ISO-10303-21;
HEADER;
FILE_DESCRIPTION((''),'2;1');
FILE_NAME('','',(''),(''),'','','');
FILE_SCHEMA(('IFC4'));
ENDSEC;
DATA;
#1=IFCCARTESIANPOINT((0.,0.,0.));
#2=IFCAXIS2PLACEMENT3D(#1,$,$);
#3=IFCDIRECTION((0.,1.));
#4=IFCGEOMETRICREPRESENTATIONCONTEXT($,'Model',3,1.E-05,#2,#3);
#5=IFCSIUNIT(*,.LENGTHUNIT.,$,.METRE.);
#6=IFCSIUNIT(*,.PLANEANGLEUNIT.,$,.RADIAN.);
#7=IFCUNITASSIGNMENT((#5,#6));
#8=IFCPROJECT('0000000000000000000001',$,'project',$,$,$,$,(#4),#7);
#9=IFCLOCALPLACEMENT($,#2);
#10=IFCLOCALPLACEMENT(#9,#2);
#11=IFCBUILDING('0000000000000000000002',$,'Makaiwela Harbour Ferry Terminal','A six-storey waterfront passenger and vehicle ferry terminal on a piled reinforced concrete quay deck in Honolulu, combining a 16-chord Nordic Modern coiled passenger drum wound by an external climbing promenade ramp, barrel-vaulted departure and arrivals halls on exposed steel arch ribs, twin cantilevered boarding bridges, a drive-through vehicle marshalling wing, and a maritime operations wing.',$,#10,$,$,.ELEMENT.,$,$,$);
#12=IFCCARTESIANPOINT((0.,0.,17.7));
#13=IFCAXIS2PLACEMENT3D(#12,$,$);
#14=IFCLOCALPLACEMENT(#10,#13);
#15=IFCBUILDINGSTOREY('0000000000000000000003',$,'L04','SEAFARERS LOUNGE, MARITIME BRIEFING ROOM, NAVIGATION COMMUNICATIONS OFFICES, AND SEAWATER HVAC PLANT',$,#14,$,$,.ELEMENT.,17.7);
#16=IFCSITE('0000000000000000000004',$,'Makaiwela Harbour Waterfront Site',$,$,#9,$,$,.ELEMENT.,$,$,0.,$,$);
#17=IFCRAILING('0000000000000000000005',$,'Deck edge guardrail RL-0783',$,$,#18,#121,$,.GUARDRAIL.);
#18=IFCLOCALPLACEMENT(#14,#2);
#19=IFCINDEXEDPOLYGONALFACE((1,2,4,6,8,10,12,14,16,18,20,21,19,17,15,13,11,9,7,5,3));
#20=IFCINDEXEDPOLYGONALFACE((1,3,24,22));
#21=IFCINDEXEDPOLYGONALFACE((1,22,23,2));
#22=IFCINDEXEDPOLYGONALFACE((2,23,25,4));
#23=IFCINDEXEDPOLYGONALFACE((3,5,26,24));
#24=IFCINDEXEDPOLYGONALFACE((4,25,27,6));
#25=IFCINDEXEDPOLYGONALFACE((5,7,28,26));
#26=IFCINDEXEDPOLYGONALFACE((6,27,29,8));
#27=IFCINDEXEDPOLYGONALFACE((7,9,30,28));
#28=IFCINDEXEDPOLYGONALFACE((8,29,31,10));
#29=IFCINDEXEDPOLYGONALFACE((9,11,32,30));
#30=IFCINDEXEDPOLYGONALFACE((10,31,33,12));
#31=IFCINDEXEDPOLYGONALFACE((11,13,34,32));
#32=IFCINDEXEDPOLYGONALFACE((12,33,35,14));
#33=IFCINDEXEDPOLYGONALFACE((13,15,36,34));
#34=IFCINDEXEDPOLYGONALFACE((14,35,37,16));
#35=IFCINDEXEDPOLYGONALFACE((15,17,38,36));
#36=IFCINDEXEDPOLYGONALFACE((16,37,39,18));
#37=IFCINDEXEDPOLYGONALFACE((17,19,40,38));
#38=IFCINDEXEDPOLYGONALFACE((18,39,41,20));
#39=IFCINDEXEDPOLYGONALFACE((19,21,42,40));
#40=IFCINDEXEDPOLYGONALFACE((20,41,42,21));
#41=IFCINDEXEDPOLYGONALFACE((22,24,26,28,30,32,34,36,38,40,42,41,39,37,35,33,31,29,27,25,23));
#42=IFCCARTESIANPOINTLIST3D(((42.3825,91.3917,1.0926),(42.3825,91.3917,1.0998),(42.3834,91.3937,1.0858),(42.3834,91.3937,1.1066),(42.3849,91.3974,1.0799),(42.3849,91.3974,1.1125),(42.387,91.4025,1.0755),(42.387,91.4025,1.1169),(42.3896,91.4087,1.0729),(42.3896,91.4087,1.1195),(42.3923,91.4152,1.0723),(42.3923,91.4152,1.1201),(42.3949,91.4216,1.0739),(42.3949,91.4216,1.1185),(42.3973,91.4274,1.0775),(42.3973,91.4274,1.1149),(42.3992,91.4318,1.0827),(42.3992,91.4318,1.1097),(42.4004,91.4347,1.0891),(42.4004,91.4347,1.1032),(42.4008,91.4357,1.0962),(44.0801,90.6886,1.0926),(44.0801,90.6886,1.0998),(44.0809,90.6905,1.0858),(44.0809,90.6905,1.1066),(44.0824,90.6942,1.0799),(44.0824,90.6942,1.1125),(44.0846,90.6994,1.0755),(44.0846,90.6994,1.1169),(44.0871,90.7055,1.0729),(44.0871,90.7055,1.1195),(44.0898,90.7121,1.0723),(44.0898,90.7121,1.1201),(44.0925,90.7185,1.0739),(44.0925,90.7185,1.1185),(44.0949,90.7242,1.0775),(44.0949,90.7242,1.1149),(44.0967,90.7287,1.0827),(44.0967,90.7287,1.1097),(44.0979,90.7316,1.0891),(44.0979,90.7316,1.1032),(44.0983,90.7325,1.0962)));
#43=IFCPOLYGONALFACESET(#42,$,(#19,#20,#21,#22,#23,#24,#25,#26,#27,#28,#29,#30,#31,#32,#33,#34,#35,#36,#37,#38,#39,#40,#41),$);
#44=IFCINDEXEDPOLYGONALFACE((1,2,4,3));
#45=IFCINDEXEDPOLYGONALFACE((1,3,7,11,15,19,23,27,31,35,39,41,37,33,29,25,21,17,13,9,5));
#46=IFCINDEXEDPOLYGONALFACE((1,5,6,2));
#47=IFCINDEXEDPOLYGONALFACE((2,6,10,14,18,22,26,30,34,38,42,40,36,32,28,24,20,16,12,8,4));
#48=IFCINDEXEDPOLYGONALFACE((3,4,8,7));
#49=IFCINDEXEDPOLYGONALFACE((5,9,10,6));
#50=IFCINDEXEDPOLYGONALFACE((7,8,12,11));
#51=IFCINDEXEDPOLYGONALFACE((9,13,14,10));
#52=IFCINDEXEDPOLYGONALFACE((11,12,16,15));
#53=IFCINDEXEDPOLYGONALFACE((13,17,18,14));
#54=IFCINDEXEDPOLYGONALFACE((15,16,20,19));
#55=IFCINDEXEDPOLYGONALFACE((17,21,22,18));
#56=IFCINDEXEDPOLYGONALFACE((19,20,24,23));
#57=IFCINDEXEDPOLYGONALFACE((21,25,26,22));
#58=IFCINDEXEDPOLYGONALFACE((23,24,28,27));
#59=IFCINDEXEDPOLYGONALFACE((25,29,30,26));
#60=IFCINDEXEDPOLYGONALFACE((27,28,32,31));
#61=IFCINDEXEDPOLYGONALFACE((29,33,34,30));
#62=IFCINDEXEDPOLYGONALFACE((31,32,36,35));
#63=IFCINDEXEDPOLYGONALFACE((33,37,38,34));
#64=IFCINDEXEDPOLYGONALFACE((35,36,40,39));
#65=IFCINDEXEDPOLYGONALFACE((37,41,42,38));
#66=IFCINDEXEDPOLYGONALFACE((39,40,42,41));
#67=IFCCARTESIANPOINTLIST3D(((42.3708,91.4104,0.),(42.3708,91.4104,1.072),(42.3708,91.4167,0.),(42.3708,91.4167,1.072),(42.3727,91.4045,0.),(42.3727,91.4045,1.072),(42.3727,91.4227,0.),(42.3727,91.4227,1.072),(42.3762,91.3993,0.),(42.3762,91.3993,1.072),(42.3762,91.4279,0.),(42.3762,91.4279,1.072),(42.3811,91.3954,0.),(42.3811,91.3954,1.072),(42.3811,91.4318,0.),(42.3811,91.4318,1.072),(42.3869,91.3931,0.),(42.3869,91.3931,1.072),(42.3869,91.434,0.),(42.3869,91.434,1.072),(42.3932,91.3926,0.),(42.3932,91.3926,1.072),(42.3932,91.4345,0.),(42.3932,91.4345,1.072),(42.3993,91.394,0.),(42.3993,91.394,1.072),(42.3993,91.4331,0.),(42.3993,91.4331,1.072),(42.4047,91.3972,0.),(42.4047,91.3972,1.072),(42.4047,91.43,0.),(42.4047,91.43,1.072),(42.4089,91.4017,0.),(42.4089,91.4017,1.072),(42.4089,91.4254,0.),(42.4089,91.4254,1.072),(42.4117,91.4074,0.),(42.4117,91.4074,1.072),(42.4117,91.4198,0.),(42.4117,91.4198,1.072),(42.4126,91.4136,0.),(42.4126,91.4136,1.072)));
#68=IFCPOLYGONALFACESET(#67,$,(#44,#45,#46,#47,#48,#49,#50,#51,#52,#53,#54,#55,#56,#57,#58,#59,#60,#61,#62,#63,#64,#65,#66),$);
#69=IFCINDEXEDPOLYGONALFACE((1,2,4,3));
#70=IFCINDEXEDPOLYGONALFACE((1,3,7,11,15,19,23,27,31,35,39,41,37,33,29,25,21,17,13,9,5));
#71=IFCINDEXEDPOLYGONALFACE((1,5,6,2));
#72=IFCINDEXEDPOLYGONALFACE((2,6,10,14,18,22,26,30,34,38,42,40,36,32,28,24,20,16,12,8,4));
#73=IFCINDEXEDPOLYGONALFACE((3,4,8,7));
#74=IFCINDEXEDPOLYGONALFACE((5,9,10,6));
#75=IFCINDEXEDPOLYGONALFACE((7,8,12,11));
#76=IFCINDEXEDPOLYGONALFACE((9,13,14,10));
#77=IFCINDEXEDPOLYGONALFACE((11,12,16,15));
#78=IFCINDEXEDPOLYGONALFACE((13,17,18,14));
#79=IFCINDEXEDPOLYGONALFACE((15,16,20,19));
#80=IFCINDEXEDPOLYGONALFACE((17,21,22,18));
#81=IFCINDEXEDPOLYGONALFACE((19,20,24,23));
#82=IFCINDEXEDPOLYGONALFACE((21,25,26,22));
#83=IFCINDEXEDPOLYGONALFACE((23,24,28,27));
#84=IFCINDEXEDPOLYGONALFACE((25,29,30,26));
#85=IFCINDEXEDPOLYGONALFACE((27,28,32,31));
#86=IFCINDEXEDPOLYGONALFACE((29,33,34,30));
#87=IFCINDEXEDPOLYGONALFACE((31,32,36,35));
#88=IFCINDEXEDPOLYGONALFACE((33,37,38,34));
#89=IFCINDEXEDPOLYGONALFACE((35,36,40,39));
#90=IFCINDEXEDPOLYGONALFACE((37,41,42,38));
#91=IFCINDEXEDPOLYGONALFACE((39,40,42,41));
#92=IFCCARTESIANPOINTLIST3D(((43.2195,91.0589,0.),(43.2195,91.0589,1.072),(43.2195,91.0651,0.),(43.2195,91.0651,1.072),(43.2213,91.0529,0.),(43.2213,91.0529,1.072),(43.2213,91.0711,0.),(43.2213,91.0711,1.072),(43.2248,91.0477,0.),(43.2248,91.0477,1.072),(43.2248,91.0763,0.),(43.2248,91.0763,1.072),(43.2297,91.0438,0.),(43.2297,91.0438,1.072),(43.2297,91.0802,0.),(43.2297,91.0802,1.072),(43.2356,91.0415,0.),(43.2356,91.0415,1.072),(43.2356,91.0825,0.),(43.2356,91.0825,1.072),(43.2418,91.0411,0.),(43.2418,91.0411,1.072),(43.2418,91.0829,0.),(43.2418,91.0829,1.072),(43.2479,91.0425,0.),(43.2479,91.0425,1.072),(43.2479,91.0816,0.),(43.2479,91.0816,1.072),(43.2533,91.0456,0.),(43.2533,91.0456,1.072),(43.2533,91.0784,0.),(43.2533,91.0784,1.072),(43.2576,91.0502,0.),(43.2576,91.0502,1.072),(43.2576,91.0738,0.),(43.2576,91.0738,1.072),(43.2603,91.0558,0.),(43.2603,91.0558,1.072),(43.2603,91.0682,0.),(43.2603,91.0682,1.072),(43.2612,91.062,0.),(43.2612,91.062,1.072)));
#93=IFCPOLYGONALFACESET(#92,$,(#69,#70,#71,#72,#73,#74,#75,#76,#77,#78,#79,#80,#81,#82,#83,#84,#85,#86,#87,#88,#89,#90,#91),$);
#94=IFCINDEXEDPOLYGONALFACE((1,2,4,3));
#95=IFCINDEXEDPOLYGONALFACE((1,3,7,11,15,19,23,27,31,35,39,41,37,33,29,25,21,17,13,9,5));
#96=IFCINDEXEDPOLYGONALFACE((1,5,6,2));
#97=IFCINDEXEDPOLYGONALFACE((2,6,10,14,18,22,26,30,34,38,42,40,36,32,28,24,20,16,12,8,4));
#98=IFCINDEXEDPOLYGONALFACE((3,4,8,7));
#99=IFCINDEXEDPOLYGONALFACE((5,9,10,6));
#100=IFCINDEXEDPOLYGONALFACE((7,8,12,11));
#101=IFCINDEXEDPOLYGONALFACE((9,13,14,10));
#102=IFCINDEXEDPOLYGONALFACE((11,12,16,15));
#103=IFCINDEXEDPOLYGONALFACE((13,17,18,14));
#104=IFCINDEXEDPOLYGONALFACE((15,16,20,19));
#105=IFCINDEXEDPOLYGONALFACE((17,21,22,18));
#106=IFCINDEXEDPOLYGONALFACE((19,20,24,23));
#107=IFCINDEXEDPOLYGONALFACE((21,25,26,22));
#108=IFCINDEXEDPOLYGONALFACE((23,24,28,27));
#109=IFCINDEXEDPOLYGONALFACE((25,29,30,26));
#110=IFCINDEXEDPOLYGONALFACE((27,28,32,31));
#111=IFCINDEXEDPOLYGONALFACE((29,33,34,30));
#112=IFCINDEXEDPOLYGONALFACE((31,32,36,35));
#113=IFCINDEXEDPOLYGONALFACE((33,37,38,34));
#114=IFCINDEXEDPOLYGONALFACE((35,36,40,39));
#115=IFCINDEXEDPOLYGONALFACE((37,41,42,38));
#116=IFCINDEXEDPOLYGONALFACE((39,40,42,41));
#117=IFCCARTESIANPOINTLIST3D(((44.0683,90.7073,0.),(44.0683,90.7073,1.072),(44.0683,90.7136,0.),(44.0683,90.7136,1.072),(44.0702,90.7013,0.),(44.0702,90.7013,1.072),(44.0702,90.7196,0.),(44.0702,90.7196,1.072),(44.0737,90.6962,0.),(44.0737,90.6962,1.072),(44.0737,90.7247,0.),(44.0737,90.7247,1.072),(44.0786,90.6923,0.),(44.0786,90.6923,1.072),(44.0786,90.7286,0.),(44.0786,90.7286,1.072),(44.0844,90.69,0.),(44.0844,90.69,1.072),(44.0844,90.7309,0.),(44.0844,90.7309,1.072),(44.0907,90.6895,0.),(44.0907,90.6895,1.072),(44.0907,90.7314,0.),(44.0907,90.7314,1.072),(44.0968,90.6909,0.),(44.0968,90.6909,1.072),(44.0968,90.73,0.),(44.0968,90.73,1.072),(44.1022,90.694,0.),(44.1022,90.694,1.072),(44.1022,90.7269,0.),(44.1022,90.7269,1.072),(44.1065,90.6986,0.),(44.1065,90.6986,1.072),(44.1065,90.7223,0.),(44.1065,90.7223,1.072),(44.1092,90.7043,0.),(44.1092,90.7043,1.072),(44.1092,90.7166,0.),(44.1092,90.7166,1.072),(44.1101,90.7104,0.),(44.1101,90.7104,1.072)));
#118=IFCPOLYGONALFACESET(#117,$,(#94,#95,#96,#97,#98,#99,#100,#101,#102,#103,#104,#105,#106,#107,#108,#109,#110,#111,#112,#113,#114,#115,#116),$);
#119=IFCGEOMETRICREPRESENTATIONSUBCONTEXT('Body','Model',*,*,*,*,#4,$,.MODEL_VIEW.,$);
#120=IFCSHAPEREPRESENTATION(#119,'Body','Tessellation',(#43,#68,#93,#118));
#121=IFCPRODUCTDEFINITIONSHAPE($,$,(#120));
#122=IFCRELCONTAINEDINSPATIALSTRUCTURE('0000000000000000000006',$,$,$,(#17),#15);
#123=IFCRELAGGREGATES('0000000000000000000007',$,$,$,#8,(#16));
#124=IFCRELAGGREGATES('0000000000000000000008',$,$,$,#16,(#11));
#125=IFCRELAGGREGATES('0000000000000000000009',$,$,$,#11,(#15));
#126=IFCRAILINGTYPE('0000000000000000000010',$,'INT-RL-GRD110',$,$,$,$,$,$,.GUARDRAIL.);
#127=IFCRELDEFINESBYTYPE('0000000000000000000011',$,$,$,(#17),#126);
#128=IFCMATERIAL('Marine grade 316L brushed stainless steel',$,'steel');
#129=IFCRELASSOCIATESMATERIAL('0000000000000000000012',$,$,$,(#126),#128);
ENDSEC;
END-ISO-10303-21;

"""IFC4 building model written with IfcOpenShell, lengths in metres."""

from ifc_helpers import new_model, si_unit, direction, frame, origin, origin_2d, place, context, subcontext, project, spatial, circle, extrude, material, type_object, element, save


model = new_model("IFC4")

# Units and contexts
model_context = context("Model", 3, precision=1e-05, world=origin(), true_north=direction((0.0, 1.0)))
body_context = subcontext(model_context, "Body", "Model", "MODEL_VIEW")
ifc_project = project(units=[si_unit("LENGTHUNIT", "METRE"), si_unit("PLANEANGLEUNIT", "RADIAN")], contexts=[model_context])

# Site, building, storey
site_placement = place(None, origin())
site = spatial("IfcSite", under=ifc_project, at=site_placement, Name="Makaiwela Harbour Waterfront Site", CompositionType="ELEMENT", RefElevation=0.0)
building_placement = place(site_placement, origin())
building = spatial("IfcBuilding", under=site, at=building_placement, Name="Makaiwela Harbour Ferry Terminal", Description="A six-storey waterfront passenger and vehicle ferry terminal on a piled reinforced concrete quay deck in Honolulu, combining a 16-chord Nordic Modern coiled passenger drum wound by an external climbing promenade ramp, barrel-vaulted departure and arrivals halls on exposed steel arch ribs, twin cantilevered boarding bridges, a drive-through vehicle marshalling wing, and a maritime operations wing.", CompositionType="ELEMENT")
storey_placement = place(building_placement, frame((0.0, 0.0, 17.7)))
storey = spatial("IfcBuildingStorey", under=building, at=storey_placement, Name="L04", Description="SEAFARERS LOUNGE, MARITIME BRIEFING ROOM, NAVIGATION COMMUNICATIONS OFFICES, AND SEAWATER HVAC PLANT", CompositionType="ELEMENT", Elevation=17.7)

# Railing
ifc_material_1 = material(Name="Marine grade 316L brushed stainless steel", Category="steel")
railing_type = type_object("IfcRailingType", Name="INT-RL-GRD110", PredefinedType="GUARDRAIL", material=ifc_material_1)
railing_1_placement = place(storey_placement, frame((42.3916, 91.4136, 0.0)))
element("IfcRailing", 1, at=railing_1_placement, inside=storey, type_object=railing_type, Name="Deck edge guardrail RL-0783", PredefinedType="GUARDRAIL", context=body_context, shape_type="SweptSolid", body=[
    extrude(circle(Radius=0.0239, at=origin_2d()), frame((0.0, 0.0, 1.0962), z_axis=(0.923881, -0.38268, 0.0), x_axis=(0.38268, 0.923881, 0.0)), (0.0, 0.0, 1.0), 1.8374),
    extrude(circle(Radius=0.021, at=origin_2d()), origin(), (0.0, 0.0, 1.0), 1.072),
    extrude(circle(Radius=0.021, at=origin_2d()), frame((0.8486, -0.3516, 0.0)), (0.0, 0.0, 1.0), 1.072),
    extrude(circle(Radius=0.021, at=origin_2d()), frame((1.6975, -0.7031, 0.0)), (0.0, 0.0, 1.0), 1.072),
])

save(model, "model.ifc")
